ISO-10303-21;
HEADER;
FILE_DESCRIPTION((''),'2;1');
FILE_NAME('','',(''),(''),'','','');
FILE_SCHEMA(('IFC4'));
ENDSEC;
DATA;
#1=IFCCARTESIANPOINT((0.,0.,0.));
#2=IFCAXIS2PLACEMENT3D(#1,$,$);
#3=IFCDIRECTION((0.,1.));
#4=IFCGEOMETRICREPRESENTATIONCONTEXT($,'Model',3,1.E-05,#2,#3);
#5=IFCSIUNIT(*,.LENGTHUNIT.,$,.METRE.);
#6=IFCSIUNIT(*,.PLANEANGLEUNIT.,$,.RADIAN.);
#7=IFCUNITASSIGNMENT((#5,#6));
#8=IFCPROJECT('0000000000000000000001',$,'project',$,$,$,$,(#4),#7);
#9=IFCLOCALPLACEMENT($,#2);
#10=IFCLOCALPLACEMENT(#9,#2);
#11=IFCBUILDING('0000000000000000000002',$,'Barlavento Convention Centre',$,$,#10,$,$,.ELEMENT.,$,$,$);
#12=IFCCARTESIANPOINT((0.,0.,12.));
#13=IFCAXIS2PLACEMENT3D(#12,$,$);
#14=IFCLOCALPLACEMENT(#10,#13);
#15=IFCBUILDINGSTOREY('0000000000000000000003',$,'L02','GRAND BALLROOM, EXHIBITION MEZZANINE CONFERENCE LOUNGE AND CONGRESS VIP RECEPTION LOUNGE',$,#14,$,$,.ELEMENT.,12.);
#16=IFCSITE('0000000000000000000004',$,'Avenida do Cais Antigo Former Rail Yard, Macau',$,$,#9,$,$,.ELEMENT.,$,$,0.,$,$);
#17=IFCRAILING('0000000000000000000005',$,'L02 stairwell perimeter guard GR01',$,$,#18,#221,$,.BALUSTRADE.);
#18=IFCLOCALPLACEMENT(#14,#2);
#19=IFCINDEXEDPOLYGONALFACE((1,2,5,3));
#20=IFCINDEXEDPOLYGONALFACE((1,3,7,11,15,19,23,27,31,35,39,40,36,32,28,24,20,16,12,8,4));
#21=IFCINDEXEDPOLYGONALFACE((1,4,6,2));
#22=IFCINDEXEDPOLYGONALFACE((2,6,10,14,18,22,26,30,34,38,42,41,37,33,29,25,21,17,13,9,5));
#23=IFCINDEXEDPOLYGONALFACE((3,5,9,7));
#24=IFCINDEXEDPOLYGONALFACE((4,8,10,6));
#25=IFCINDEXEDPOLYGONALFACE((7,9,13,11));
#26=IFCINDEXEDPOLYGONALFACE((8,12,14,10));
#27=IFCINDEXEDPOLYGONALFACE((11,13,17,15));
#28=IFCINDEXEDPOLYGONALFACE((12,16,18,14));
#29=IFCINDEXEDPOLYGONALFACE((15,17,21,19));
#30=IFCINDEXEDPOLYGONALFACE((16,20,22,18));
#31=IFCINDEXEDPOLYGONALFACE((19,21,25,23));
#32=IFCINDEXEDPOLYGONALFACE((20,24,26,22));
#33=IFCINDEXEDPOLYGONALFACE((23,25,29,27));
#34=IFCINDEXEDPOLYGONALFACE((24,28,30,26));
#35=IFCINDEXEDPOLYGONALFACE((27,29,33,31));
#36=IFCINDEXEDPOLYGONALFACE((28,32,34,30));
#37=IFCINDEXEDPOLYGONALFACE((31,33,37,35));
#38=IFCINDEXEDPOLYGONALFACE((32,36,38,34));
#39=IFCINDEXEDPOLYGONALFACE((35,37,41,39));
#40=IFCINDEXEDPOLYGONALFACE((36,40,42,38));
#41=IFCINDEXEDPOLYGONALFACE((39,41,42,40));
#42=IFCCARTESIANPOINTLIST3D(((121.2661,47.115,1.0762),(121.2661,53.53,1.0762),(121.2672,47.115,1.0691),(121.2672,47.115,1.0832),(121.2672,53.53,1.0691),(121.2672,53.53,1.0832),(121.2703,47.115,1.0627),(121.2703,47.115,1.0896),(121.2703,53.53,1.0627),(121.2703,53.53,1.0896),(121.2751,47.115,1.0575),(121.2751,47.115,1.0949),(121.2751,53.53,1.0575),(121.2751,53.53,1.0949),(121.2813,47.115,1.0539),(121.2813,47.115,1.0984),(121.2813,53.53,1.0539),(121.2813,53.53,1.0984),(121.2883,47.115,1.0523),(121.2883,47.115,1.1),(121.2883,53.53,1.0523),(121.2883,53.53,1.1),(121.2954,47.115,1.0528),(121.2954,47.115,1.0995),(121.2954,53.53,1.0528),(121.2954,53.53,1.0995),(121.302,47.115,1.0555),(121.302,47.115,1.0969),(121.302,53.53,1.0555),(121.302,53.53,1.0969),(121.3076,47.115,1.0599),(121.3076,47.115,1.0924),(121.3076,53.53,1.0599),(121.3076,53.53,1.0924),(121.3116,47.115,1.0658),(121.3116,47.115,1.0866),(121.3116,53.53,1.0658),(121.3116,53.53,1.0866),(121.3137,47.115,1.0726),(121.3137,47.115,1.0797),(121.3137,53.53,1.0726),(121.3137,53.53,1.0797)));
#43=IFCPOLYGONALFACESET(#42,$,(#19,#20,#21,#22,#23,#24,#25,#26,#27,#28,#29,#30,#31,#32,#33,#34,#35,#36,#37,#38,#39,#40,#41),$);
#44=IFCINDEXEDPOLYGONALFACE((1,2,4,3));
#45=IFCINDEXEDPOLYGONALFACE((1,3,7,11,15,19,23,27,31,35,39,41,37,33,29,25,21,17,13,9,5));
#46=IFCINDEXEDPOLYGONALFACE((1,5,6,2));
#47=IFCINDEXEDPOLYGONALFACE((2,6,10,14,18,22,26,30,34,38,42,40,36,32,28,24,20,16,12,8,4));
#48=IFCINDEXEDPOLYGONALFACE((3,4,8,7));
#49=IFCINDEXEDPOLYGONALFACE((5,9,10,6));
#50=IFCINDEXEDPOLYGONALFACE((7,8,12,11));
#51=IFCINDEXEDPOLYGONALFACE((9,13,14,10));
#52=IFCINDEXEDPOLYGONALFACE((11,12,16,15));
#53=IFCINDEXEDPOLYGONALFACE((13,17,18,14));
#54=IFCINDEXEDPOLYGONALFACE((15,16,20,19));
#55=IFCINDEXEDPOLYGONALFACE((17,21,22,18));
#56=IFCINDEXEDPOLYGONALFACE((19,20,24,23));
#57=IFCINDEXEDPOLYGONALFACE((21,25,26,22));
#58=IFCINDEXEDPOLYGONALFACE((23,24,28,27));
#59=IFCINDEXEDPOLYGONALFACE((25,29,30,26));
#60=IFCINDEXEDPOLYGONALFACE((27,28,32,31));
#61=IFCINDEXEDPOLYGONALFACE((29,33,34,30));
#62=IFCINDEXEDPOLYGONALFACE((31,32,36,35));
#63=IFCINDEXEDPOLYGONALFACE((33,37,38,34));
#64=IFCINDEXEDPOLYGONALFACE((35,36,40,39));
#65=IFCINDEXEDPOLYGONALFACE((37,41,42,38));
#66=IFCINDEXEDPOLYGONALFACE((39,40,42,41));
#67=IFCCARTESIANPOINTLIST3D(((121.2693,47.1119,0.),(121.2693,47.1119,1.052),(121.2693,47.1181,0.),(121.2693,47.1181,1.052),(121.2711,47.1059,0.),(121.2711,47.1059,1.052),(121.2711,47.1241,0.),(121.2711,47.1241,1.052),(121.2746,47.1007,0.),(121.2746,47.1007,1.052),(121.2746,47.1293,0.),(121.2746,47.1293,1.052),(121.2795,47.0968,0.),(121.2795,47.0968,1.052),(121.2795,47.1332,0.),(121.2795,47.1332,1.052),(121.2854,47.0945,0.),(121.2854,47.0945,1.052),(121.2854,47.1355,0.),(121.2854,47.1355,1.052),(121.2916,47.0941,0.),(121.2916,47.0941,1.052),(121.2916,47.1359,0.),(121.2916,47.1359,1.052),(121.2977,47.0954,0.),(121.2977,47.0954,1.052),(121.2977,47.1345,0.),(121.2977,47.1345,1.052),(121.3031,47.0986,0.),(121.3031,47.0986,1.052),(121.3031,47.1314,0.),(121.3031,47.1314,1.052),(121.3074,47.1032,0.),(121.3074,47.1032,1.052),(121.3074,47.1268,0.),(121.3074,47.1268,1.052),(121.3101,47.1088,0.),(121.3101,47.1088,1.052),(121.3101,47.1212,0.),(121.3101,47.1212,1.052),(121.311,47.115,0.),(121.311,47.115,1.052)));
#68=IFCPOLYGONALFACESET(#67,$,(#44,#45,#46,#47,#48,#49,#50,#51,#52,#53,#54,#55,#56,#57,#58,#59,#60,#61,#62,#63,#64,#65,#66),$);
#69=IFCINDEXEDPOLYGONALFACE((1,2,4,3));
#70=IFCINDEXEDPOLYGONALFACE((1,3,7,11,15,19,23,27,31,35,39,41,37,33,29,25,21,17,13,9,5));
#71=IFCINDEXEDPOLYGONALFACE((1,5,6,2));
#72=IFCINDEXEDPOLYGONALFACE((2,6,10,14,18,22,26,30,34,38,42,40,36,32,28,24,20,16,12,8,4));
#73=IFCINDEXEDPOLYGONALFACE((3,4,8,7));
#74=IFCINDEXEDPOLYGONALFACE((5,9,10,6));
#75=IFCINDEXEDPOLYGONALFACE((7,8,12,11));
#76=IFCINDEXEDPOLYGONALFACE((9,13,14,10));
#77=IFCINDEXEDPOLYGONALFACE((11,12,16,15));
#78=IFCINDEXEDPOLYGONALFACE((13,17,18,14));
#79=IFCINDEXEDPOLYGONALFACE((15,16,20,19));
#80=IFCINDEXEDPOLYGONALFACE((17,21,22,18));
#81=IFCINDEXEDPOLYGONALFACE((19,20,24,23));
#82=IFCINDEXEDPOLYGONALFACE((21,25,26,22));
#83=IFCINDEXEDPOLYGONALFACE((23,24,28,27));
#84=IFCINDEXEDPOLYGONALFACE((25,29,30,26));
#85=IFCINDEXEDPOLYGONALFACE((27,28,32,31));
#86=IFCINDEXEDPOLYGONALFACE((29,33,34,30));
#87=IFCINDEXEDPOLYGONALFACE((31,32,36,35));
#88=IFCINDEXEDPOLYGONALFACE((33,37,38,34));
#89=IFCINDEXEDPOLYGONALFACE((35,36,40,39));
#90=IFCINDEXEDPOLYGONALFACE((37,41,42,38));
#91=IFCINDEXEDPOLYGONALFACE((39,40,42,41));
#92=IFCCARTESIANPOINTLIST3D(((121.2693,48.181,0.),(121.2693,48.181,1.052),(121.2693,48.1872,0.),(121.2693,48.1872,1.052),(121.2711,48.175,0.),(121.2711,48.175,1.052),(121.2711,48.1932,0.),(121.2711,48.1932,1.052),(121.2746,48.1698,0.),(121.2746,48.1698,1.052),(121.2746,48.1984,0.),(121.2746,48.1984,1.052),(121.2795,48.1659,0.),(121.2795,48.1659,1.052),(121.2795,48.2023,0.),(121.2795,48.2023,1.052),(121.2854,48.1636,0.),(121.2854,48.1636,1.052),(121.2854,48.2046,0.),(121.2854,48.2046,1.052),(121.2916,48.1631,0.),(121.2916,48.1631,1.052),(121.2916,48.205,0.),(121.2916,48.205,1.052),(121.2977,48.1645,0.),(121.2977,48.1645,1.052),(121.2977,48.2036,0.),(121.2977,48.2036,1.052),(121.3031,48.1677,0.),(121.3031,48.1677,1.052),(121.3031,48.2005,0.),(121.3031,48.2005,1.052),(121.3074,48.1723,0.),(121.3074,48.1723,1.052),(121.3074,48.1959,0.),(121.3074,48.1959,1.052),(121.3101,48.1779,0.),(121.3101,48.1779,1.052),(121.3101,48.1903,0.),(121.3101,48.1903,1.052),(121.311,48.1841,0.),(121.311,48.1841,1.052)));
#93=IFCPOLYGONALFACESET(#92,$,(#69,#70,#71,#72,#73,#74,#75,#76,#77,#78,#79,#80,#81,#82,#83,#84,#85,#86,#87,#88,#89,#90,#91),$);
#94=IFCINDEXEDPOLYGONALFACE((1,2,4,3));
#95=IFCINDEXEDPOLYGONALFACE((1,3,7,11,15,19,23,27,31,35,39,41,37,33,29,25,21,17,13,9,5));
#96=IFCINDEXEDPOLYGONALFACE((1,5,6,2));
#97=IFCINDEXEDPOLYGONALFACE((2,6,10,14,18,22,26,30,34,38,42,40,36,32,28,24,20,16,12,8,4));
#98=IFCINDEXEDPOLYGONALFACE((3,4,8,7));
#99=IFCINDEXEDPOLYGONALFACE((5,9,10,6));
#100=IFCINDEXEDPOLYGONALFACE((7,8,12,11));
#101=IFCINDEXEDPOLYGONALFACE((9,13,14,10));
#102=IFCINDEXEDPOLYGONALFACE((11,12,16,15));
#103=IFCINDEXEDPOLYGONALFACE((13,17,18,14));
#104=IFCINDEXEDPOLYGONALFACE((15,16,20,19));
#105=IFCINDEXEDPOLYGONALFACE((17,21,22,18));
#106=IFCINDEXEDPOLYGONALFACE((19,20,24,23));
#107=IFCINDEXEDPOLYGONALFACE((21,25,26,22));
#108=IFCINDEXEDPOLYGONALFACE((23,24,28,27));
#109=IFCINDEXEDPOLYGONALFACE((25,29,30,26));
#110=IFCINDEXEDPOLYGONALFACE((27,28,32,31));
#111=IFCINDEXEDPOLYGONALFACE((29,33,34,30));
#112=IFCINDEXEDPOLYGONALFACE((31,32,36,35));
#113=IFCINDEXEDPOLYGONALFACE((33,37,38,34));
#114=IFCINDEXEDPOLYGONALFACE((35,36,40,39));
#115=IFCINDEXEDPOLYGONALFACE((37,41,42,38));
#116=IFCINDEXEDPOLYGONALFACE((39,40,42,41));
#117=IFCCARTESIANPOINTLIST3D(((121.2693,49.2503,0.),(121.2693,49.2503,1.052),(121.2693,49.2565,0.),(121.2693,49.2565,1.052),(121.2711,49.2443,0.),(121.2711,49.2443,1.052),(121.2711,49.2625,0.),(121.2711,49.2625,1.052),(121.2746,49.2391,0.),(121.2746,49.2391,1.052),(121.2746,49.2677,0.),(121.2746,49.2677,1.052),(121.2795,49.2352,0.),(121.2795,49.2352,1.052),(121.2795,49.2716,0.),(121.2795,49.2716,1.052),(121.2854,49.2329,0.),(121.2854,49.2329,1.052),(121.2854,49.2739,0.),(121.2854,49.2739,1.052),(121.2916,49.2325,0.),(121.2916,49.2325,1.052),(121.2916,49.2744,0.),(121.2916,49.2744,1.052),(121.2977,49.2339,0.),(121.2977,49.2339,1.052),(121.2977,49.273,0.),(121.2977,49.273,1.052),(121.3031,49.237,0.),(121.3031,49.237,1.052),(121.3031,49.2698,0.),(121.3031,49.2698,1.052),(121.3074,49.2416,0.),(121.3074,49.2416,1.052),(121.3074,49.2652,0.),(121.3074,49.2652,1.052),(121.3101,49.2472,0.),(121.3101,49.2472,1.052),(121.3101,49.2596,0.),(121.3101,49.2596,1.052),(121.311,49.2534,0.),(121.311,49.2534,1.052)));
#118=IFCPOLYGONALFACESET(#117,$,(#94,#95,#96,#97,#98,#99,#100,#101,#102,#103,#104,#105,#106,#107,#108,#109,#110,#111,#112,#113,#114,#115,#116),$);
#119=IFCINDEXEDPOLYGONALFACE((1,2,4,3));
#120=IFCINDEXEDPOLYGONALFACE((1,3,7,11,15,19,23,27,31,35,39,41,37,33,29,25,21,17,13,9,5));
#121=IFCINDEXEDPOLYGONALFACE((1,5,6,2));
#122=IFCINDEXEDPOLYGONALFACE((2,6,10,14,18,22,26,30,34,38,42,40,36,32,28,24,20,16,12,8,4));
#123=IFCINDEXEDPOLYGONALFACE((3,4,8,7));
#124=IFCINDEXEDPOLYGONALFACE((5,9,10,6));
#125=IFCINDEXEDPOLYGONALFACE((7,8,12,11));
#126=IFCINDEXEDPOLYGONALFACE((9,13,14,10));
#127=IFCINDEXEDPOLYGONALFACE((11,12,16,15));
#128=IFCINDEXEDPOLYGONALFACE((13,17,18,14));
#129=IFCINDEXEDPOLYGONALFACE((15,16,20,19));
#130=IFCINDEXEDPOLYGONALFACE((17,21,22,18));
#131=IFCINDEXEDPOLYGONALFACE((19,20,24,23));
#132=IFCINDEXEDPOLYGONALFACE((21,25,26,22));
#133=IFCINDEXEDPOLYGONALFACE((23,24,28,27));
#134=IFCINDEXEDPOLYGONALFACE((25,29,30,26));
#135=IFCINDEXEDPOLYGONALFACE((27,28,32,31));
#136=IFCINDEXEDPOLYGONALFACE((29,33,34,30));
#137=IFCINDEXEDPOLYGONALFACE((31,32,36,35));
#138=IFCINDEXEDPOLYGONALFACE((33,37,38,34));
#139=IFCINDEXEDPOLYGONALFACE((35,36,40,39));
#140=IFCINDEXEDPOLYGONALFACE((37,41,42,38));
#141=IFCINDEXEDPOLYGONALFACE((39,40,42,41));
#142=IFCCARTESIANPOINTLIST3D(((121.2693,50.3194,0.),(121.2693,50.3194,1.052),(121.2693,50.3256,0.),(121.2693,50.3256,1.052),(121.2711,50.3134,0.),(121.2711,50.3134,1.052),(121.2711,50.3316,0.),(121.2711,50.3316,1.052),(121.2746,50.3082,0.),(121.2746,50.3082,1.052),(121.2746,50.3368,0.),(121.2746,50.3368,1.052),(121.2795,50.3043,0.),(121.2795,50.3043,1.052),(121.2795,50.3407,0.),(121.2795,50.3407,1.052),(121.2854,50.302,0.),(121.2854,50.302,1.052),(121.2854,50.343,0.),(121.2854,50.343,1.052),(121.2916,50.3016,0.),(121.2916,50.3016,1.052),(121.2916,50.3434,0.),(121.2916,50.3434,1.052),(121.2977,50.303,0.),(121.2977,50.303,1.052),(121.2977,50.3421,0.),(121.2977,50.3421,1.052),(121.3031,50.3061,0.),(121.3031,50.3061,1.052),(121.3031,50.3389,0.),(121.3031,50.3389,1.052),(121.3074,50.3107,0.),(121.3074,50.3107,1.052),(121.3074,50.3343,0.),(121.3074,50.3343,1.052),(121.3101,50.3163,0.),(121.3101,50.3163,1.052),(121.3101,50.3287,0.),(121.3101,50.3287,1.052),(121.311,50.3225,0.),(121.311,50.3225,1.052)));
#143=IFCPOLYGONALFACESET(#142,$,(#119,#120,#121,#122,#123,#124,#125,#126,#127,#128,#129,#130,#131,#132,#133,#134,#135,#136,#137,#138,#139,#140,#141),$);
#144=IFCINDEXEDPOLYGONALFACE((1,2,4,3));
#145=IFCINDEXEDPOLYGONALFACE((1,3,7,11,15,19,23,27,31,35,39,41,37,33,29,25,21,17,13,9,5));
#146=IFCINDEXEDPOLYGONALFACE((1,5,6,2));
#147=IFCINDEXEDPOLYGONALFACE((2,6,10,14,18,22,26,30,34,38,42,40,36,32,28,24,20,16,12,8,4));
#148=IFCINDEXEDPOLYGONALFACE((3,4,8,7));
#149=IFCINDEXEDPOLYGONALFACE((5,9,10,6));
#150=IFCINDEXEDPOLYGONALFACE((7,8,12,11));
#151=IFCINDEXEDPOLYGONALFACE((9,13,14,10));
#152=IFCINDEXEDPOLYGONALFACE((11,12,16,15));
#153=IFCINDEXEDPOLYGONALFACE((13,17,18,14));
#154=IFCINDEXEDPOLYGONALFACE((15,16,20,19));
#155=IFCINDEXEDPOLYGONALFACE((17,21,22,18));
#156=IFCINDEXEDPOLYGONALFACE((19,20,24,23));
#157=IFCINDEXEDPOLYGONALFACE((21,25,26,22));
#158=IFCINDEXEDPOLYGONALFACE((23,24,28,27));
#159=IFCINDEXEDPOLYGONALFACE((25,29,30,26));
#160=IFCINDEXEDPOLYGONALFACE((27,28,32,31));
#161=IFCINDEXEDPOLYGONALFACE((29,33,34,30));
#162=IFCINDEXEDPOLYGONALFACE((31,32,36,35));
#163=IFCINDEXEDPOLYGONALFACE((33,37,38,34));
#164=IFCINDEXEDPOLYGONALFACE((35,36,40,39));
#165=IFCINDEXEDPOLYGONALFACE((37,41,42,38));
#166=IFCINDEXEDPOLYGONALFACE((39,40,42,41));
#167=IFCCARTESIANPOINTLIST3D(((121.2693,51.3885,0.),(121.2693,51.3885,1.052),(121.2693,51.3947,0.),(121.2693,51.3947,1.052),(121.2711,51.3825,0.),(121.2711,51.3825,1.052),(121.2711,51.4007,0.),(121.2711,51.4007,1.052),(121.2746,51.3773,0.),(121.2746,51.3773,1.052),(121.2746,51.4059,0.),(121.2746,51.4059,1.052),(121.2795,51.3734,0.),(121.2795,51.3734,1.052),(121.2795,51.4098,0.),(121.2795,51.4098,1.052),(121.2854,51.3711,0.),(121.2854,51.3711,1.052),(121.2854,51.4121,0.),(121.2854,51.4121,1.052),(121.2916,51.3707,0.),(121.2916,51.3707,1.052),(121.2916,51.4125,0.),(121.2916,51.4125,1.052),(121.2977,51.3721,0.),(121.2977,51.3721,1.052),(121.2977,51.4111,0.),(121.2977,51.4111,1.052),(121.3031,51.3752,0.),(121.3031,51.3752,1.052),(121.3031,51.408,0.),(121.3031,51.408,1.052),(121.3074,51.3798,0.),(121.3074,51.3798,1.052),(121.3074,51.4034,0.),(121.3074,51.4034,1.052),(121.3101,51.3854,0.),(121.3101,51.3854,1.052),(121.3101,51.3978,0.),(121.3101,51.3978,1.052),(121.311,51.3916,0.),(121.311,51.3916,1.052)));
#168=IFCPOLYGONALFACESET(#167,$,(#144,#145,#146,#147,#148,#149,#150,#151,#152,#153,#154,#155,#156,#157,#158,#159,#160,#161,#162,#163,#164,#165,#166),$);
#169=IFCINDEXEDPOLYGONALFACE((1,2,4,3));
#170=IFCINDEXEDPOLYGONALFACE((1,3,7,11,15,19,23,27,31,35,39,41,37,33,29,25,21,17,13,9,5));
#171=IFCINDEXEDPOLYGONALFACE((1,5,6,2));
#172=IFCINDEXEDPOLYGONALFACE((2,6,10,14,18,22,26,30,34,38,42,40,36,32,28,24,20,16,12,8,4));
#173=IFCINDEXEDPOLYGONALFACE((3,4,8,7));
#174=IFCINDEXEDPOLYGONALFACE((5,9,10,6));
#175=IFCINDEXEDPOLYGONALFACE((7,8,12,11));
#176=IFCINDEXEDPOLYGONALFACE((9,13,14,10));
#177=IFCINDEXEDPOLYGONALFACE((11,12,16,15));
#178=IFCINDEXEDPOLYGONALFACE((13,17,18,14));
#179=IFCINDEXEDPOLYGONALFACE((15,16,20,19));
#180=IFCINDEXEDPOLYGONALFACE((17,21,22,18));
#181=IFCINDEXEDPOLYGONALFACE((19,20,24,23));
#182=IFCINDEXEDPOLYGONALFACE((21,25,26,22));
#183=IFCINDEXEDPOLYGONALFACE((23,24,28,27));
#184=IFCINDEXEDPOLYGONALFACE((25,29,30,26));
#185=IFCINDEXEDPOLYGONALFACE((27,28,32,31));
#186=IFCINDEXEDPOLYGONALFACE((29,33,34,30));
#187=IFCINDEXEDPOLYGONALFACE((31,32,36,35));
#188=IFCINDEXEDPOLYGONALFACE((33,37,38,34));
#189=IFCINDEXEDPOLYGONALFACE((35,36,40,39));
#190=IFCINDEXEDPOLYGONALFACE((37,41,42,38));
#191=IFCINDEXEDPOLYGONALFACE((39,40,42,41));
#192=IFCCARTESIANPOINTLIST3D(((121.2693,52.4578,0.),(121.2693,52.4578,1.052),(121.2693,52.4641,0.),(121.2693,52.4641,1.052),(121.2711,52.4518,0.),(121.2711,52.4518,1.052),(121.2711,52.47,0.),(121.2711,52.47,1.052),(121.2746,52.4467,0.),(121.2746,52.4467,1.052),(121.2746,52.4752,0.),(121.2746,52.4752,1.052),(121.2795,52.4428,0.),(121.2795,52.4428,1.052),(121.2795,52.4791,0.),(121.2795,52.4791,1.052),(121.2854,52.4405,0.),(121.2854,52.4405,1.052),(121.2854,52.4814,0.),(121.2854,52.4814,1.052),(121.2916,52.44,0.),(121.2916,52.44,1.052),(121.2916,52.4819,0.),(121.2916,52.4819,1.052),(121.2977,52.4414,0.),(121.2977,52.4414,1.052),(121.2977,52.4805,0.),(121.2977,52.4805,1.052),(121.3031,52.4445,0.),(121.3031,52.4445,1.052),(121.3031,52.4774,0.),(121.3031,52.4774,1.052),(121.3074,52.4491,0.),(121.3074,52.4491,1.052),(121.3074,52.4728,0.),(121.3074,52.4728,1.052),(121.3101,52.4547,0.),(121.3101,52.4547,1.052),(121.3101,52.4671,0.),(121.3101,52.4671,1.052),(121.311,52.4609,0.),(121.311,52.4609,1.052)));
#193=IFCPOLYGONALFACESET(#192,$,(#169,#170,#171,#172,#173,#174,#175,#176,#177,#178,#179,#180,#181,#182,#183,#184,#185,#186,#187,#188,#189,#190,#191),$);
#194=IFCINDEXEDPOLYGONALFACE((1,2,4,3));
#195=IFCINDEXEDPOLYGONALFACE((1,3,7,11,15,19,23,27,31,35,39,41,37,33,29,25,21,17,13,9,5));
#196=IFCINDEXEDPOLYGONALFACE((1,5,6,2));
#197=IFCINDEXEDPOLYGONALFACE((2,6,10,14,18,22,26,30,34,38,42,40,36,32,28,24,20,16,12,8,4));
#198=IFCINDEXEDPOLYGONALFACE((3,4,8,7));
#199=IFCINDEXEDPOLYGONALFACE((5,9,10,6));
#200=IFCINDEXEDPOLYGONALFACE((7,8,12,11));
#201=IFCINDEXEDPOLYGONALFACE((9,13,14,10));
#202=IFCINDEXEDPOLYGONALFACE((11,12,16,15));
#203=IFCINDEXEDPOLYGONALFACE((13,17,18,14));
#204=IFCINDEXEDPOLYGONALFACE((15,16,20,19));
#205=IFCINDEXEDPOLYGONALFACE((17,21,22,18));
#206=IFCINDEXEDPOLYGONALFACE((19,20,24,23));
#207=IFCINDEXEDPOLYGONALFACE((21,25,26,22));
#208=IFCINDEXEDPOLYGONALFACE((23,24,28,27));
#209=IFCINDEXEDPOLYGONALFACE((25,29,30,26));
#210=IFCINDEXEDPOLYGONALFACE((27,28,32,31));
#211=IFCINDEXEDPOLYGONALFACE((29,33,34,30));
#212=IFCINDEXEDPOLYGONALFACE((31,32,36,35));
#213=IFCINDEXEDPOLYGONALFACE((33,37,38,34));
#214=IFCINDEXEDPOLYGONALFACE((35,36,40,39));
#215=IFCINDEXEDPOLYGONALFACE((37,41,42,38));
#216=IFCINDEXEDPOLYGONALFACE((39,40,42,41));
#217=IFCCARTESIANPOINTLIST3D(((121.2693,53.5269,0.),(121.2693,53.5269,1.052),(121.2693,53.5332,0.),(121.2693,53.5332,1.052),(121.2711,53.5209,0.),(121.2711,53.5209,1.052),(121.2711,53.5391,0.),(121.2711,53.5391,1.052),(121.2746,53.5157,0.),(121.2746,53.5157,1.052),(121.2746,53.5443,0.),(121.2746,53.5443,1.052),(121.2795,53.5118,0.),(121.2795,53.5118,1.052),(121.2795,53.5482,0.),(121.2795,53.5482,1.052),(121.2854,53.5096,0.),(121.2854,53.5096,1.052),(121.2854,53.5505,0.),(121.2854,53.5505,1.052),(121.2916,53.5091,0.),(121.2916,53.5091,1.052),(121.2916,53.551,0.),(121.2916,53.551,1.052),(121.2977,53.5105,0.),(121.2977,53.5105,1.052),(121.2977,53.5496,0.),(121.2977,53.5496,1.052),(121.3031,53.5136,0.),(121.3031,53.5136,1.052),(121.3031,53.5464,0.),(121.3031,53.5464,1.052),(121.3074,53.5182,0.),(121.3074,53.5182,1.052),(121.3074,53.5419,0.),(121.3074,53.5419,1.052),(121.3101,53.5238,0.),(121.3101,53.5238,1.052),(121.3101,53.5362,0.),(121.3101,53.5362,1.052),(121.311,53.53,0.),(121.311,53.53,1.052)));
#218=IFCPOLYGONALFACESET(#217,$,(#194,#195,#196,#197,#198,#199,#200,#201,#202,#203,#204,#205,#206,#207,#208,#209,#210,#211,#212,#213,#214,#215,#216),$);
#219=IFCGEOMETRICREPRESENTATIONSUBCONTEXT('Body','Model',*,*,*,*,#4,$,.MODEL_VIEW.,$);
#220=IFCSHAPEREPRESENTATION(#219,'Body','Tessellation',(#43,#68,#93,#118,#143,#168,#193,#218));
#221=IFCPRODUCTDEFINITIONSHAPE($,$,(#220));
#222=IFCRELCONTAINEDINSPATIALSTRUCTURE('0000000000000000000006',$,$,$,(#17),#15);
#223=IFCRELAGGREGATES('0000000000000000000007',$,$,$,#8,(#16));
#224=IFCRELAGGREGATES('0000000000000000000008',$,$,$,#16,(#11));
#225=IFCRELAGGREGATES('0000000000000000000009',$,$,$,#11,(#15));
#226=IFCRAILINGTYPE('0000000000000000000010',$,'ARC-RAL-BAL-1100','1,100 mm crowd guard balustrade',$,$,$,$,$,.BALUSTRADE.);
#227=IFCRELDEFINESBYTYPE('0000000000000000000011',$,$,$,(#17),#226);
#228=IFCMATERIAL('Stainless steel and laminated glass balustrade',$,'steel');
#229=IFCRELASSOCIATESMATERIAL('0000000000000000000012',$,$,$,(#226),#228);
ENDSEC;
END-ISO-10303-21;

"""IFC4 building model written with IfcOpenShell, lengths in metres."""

from ifc_helpers import new_model, si_unit, direction, frame, origin, origin_2d, place, context, subcontext, project, spatial, circle, extrude, material, type_object, element, save


model = new_model("IFC4")

# Units and contexts
model_context = context("Model", 3, precision=1e-05, world=origin(), true_north=direction((0.0, 1.0)))
body_context = subcontext(model_context, "Body", "Model", "MODEL_VIEW")
ifc_project = project(units=[si_unit("LENGTHUNIT", "METRE"), si_unit("PLANEANGLEUNIT", "RADIAN")], contexts=[model_context])

# Site, building, storey
site_placement = place(None, origin())
site = spatial("IfcSite", under=ifc_project, at=site_placement, Name="Avenida do Cais Antigo Former Rail Yard, Macau", CompositionType="ELEMENT", RefElevation=0.0)
building_placement = place(site_placement, origin())
building = spatial("IfcBuilding", under=site, at=building_placement, Name="Barlavento Convention Centre", CompositionType="ELEMENT")
storey_placement = place(building_placement, frame((0.0, 0.0, 12.0)))
storey = spatial("IfcBuildingStorey", under=building, at=storey_placement, Name="L02", Description="GRAND BALLROOM, EXHIBITION MEZZANINE CONFERENCE LOUNGE AND CONGRESS VIP RECEPTION LOUNGE", CompositionType="ELEMENT", Elevation=12.0)

# Railing
ifc_material_1 = material(Name="Stainless steel and laminated glass balustrade", Category="steel")
railing_type_1 = type_object("IfcRailingType", Name="ARC-RAL-BAL-1100", Description="1,100 mm crowd guard balustrade", PredefinedType="BALUSTRADE", material=ifc_material_1)
railing_1_placement = place(storey_placement, frame((121.29, 47.115, 0.0)))
element("IfcRailing", 1, at=railing_1_placement, inside=storey, type_object=railing_type_1, Name="L02 stairwell perimeter guard GR01", PredefinedType="BALUSTRADE", context=body_context, shape_type="SweptSolid", body=[
    extrude(circle(Radius=0.0239, at=origin_2d()), frame((0.0, 0.0, 1.0762), z_axis=(0.0, 1.0, 0.0), x_axis=(-1.0, 0.0, 0.0)), (0.0, 0.0, 1.0), 6.415),
    extrude(circle(Radius=0.021, at=origin_2d()), origin(), (0.0, 0.0, 1.0), 1.052),
    extrude(circle(Radius=0.021, at=origin_2d()), frame((0.0, 1.0691, 0.0)), (0.0, 0.0, 1.0), 1.052),
    extrude(circle(Radius=0.021, at=origin_2d()), frame((0.0, 2.1384, 0.0)), (0.0, 0.0, 1.0), 1.052),
    extrude(circle(Radius=0.021, at=origin_2d()), frame((0.0, 3.2075, 0.0)), (0.0, 0.0, 1.0), 1.052),
    extrude(circle(Radius=0.021, at=origin_2d()), frame((0.0, 4.2766, 0.0)), (0.0, 0.0, 1.0), 1.052),
    extrude(circle(Radius=0.021, at=origin_2d()), frame((0.0, 5.3459, 0.0)), (0.0, 0.0, 1.0), 1.052),
    extrude(circle(Radius=0.021, at=origin_2d()), frame((0.0, 6.415, 0.0)), (0.0, 0.0, 1.0), 1.052),
])

save(model, "model.ifc")
